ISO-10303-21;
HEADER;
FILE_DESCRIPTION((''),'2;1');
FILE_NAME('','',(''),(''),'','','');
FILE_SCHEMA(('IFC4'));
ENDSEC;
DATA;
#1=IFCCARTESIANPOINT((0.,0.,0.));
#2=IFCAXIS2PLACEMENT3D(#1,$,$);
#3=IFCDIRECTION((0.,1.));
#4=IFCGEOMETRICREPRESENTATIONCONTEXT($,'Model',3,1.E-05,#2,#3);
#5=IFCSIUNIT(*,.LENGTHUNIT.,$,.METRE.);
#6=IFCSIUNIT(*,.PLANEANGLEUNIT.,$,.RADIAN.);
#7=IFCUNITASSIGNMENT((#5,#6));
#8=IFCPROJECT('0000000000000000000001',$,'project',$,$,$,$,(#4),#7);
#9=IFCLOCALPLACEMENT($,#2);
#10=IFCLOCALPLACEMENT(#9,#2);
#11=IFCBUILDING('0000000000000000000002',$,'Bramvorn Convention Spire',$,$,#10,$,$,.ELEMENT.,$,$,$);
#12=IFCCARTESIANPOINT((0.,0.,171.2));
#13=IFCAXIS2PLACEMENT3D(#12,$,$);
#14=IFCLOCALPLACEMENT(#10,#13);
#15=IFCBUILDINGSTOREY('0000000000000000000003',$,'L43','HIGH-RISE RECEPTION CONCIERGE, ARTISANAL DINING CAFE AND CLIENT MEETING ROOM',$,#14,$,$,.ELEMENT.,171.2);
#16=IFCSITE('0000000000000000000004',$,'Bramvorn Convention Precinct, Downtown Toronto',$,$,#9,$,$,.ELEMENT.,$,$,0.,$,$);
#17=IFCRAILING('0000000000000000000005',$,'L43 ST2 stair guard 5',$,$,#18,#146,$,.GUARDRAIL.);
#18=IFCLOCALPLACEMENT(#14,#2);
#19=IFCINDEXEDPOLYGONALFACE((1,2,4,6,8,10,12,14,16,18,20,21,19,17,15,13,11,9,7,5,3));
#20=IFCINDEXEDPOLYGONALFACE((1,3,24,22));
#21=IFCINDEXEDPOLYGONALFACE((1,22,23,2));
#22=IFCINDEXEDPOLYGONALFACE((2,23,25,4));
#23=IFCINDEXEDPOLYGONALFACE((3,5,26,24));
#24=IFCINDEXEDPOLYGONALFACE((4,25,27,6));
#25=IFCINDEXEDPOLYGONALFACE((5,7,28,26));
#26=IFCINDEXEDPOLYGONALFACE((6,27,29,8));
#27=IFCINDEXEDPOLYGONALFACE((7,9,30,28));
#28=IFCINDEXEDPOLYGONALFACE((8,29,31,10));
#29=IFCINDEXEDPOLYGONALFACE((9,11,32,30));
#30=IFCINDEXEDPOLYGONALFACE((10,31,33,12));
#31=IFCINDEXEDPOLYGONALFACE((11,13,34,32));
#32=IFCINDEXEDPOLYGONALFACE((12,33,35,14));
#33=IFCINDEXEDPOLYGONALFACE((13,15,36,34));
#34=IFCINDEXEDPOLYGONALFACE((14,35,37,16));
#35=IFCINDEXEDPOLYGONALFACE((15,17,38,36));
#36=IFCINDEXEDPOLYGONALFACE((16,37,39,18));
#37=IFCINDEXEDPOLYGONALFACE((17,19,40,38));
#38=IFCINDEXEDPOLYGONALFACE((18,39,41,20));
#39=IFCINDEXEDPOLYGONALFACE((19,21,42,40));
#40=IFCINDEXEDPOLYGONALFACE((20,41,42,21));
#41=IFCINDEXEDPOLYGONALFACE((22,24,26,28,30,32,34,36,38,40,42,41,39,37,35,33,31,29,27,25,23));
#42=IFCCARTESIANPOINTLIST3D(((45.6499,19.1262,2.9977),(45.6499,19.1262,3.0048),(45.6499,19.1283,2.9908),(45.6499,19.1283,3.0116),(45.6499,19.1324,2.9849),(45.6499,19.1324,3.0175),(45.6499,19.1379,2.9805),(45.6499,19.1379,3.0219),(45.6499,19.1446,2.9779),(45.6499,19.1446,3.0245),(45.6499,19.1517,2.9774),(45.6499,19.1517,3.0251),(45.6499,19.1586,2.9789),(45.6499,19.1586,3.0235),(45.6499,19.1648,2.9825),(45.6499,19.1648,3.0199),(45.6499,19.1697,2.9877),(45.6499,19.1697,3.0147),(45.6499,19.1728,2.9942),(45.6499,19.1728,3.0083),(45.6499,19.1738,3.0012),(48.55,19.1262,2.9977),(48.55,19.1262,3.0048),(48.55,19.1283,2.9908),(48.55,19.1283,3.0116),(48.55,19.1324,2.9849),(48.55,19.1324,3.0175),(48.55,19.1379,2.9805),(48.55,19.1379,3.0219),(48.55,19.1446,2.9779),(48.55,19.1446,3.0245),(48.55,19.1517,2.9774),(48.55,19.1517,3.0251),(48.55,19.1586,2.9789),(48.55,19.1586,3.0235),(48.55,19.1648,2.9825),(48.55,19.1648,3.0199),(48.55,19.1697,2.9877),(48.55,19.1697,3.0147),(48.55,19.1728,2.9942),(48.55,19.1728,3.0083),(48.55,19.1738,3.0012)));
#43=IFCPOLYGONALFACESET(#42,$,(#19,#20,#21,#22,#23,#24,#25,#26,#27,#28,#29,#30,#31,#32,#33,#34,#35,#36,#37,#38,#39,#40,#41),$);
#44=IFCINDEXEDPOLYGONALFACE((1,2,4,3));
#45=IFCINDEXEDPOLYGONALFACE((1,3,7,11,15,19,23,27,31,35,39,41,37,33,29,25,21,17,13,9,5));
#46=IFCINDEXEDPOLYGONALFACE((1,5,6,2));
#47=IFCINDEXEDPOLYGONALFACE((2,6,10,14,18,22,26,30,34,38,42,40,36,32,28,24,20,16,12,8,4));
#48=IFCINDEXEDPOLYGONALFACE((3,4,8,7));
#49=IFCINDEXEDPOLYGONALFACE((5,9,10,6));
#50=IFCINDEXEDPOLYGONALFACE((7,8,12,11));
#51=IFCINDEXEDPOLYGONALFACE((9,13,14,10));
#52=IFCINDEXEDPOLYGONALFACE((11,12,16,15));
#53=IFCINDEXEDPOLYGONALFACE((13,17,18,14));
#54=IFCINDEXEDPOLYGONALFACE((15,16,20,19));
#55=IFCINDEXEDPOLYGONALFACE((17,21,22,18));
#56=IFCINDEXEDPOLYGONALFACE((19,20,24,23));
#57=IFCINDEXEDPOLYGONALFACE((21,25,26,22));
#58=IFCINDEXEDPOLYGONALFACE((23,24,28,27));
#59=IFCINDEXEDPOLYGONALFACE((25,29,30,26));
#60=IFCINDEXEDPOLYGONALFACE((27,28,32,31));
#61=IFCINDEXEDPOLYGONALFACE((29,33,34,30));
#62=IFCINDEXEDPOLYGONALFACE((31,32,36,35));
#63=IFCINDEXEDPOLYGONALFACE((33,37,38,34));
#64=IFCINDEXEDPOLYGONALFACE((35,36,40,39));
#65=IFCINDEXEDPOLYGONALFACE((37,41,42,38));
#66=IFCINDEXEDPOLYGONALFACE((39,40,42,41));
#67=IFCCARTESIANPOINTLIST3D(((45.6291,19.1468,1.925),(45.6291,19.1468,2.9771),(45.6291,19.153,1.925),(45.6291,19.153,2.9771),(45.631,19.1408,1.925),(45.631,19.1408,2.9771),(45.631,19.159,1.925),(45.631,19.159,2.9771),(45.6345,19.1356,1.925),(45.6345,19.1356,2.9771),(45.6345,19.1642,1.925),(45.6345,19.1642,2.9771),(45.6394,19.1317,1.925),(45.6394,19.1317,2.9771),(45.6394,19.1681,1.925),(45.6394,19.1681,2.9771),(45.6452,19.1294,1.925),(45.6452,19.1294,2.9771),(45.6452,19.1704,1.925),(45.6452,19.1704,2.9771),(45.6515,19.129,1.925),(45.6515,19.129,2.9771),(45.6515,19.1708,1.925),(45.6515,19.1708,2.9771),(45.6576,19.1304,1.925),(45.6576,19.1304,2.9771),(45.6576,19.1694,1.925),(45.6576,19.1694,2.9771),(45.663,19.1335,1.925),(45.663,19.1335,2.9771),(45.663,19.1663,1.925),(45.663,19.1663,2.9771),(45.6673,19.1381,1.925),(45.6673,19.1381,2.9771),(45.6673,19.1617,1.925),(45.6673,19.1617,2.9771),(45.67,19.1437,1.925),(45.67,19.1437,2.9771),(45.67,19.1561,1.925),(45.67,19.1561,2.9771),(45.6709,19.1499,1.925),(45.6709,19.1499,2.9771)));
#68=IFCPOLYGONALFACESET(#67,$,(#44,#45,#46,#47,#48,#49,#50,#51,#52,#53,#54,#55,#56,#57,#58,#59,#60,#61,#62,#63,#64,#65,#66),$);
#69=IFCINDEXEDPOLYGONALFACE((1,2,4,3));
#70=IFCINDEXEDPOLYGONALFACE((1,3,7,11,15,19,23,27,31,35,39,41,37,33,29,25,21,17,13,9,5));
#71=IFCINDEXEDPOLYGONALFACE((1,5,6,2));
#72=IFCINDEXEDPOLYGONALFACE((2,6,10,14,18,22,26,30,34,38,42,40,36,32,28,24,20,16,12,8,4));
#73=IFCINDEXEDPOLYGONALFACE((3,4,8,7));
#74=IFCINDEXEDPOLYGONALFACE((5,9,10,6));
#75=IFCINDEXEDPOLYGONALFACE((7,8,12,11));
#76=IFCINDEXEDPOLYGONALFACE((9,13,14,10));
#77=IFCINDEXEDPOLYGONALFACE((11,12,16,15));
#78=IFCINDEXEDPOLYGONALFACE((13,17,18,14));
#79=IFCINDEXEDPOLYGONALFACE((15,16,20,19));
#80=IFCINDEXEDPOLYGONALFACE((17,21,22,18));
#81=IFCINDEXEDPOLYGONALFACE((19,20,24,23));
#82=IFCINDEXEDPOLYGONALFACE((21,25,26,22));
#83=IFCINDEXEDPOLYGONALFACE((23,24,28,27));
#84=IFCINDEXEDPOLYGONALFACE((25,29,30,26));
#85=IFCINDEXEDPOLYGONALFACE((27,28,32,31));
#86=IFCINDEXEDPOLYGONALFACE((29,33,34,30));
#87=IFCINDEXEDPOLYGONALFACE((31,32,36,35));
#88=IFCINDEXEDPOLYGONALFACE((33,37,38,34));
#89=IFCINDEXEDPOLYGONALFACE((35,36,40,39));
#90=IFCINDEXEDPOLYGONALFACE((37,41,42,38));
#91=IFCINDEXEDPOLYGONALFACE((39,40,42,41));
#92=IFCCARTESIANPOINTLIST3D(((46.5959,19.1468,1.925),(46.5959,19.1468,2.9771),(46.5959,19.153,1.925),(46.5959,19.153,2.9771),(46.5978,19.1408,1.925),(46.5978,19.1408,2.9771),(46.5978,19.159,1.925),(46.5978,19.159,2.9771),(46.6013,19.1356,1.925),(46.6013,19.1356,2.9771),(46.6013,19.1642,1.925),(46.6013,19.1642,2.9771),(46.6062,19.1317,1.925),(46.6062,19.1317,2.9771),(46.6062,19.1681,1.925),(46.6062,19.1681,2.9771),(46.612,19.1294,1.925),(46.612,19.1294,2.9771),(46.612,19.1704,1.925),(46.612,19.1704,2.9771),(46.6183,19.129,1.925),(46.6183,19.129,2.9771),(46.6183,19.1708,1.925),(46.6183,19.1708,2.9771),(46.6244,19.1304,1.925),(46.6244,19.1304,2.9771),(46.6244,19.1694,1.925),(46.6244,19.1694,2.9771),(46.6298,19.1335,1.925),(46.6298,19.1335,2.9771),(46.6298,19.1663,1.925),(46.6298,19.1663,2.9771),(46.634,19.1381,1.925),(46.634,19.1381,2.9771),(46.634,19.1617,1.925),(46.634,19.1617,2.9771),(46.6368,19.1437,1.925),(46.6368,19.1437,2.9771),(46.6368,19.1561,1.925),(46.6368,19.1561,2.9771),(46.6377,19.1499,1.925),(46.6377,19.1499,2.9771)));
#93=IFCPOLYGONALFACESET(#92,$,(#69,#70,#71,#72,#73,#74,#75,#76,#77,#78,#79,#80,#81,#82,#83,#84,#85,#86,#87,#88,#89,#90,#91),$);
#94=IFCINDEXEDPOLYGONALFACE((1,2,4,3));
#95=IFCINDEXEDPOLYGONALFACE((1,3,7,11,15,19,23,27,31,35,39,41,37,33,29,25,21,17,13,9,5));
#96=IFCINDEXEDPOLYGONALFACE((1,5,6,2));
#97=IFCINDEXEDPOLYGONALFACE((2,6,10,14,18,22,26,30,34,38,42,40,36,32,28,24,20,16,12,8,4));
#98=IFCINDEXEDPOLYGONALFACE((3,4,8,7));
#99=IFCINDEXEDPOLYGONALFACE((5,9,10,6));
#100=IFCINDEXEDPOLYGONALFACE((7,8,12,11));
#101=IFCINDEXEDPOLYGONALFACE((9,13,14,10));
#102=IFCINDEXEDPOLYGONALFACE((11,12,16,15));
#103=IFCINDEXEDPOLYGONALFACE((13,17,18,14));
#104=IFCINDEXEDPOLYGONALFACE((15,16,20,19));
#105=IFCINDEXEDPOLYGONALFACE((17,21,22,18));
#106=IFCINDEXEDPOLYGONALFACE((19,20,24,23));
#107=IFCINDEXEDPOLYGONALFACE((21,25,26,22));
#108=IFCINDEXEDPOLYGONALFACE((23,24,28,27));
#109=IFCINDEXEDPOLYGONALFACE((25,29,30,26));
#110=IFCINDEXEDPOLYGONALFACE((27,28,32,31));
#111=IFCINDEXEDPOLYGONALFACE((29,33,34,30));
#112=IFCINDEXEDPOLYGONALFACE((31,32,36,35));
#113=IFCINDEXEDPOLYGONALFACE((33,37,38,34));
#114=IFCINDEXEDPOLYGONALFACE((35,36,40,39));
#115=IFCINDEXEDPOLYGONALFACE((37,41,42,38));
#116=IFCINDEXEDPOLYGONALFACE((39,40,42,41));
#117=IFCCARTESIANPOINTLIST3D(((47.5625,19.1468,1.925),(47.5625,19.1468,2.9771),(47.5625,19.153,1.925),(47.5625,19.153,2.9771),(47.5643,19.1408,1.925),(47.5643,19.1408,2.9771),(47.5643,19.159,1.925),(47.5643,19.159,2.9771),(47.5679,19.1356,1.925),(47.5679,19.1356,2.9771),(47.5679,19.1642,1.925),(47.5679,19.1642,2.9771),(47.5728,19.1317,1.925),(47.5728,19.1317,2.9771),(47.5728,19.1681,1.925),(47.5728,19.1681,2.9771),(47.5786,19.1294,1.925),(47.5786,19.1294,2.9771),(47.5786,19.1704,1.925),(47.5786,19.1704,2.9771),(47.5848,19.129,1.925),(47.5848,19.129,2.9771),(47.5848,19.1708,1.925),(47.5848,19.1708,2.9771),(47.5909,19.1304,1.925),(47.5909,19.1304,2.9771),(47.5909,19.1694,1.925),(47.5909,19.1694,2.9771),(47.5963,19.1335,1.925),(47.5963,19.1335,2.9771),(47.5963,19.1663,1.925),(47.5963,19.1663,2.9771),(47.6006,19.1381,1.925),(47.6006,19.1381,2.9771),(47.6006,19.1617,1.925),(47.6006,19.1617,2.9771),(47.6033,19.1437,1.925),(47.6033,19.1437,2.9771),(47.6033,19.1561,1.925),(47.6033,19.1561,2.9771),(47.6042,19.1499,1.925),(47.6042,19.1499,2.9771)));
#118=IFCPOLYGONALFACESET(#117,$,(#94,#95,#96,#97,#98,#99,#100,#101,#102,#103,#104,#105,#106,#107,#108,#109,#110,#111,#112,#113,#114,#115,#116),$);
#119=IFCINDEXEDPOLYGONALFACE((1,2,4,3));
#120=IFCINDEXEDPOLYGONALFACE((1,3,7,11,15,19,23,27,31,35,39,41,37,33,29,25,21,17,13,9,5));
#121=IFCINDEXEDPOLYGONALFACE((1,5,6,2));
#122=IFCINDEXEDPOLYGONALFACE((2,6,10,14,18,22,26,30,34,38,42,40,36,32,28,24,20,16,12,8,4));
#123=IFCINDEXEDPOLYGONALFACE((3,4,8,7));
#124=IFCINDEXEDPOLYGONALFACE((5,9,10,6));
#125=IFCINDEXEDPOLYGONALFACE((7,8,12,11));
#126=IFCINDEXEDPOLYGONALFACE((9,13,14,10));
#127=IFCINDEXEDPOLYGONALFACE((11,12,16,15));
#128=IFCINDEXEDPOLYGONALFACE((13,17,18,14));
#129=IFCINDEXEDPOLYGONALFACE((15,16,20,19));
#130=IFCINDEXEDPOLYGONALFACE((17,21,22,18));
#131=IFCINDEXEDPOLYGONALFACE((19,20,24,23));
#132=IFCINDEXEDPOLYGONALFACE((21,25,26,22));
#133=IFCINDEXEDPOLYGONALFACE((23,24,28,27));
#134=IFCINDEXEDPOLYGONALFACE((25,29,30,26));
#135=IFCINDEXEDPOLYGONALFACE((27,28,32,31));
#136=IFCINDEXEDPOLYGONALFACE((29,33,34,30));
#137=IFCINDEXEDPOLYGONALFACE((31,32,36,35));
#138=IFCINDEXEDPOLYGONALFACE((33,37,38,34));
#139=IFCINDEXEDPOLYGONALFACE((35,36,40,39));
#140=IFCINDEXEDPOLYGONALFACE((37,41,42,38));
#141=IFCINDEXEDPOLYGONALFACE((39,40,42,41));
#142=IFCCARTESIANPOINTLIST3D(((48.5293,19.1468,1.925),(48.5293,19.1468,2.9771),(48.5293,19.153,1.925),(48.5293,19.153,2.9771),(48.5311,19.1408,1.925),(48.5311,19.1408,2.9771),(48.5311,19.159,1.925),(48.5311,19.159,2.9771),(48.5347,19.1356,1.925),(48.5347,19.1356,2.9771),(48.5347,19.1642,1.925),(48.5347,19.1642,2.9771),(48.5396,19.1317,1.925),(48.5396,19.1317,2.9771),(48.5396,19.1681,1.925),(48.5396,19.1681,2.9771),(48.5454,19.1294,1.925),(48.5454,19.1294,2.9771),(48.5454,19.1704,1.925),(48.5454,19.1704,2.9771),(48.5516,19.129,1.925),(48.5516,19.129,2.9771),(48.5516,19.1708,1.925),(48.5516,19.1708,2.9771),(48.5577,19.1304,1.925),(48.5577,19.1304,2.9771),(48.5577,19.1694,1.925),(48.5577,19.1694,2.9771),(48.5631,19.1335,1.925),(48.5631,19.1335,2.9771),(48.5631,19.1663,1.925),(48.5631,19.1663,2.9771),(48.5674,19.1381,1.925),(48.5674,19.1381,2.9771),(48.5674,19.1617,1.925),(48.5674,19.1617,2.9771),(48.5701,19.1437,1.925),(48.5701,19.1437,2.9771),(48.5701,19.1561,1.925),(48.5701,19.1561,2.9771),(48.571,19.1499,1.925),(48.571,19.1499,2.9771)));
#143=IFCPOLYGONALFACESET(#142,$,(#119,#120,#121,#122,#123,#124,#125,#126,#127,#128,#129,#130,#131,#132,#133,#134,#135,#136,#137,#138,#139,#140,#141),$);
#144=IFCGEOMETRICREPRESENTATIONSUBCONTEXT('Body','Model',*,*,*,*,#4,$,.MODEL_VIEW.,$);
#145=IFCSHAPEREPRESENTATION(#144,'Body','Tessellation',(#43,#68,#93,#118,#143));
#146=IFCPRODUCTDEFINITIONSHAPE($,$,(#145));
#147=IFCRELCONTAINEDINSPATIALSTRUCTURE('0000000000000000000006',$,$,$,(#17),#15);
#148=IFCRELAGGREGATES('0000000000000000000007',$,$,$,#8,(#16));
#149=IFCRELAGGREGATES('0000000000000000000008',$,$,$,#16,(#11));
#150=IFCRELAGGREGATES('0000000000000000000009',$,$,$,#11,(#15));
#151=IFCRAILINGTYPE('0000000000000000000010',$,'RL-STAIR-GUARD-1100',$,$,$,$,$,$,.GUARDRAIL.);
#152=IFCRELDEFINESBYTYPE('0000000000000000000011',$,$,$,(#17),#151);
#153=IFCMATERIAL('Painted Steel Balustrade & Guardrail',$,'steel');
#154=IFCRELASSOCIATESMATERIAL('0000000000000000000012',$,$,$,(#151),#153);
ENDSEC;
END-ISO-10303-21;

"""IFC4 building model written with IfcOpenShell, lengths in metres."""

from ifc_helpers import new_model, si_unit, direction, frame, origin, origin_2d, place, context, subcontext, project, spatial, circle, extrude, material, type_object, element, save


model = new_model("IFC4")

# Units and contexts
model_context = context("Model", 3, precision=1e-05, world=origin(), true_north=direction((0.0, 1.0)))
body_context = subcontext(model_context, "Body", "Model", "MODEL_VIEW")
ifc_project = project(units=[si_unit("LENGTHUNIT", "METRE"), si_unit("PLANEANGLEUNIT", "RADIAN")], contexts=[model_context])

# Site, building, storey
site_placement = place(None, origin())
site = spatial("IfcSite", under=ifc_project, at=site_placement, Name="Bramvorn Convention Precinct, Downtown Toronto", CompositionType="ELEMENT", RefElevation=0.0)
building_placement = place(site_placement, origin())
building = spatial("IfcBuilding", under=site, at=building_placement, Name="Bramvorn Convention Spire", CompositionType="ELEMENT")
storey_placement = place(building_placement, frame((0.0, 0.0, 171.2)))
storey = spatial("IfcBuildingStorey", under=building, at=storey_placement, Name="L43", Description="HIGH-RISE RECEPTION CONCIERGE, ARTISANAL DINING CAFE AND CLIENT MEETING ROOM", CompositionType="ELEMENT", Elevation=171.2)

# Railing
ifc_material_1 = material(Name="Painted Steel Balustrade & Guardrail", Category="steel")
railing_type = type_object("IfcRailingType", Name="RL-STAIR-GUARD-1100", PredefinedType="GUARDRAIL", material=ifc_material_1)
railing_1_placement = place(storey_placement, frame((45.6499, 19.1499, 1.925)))
element("IfcRailing", 1, at=railing_1_placement, inside=storey, type_object=railing_type, Name="L43 ST2 stair guard 5", PredefinedType="GUARDRAIL", context=body_context, shape_type="SweptSolid", body=[
    extrude(circle(Radius=0.0239, at=origin_2d()), frame((0.0, 0.0, 1.0762), z_axis=(1.0, 0.0, 0.0), x_axis=(0.0, 1.0, 0.0)), (0.0, 0.0, 1.0), 2.9001),
    extrude(circle(Radius=0.021, at=origin_2d()), origin(), (0.0, 0.0, 1.0), 1.052),
    extrude(circle(Radius=0.021, at=origin_2d()), frame((0.9668, 0.0, 0.0)), (0.0, 0.0, 1.0), 1.052),
    extrude(circle(Radius=0.021, at=origin_2d()), frame((1.9333, 0.0, 0.0)), (0.0, 0.0, 1.0), 1.052),
    extrude(circle(Radius=0.021, at=origin_2d()), frame((2.9001, 0.0, 0.0)), (0.0, 0.0, 1.0), 1.052),
])

save(model, "model.ifc")
